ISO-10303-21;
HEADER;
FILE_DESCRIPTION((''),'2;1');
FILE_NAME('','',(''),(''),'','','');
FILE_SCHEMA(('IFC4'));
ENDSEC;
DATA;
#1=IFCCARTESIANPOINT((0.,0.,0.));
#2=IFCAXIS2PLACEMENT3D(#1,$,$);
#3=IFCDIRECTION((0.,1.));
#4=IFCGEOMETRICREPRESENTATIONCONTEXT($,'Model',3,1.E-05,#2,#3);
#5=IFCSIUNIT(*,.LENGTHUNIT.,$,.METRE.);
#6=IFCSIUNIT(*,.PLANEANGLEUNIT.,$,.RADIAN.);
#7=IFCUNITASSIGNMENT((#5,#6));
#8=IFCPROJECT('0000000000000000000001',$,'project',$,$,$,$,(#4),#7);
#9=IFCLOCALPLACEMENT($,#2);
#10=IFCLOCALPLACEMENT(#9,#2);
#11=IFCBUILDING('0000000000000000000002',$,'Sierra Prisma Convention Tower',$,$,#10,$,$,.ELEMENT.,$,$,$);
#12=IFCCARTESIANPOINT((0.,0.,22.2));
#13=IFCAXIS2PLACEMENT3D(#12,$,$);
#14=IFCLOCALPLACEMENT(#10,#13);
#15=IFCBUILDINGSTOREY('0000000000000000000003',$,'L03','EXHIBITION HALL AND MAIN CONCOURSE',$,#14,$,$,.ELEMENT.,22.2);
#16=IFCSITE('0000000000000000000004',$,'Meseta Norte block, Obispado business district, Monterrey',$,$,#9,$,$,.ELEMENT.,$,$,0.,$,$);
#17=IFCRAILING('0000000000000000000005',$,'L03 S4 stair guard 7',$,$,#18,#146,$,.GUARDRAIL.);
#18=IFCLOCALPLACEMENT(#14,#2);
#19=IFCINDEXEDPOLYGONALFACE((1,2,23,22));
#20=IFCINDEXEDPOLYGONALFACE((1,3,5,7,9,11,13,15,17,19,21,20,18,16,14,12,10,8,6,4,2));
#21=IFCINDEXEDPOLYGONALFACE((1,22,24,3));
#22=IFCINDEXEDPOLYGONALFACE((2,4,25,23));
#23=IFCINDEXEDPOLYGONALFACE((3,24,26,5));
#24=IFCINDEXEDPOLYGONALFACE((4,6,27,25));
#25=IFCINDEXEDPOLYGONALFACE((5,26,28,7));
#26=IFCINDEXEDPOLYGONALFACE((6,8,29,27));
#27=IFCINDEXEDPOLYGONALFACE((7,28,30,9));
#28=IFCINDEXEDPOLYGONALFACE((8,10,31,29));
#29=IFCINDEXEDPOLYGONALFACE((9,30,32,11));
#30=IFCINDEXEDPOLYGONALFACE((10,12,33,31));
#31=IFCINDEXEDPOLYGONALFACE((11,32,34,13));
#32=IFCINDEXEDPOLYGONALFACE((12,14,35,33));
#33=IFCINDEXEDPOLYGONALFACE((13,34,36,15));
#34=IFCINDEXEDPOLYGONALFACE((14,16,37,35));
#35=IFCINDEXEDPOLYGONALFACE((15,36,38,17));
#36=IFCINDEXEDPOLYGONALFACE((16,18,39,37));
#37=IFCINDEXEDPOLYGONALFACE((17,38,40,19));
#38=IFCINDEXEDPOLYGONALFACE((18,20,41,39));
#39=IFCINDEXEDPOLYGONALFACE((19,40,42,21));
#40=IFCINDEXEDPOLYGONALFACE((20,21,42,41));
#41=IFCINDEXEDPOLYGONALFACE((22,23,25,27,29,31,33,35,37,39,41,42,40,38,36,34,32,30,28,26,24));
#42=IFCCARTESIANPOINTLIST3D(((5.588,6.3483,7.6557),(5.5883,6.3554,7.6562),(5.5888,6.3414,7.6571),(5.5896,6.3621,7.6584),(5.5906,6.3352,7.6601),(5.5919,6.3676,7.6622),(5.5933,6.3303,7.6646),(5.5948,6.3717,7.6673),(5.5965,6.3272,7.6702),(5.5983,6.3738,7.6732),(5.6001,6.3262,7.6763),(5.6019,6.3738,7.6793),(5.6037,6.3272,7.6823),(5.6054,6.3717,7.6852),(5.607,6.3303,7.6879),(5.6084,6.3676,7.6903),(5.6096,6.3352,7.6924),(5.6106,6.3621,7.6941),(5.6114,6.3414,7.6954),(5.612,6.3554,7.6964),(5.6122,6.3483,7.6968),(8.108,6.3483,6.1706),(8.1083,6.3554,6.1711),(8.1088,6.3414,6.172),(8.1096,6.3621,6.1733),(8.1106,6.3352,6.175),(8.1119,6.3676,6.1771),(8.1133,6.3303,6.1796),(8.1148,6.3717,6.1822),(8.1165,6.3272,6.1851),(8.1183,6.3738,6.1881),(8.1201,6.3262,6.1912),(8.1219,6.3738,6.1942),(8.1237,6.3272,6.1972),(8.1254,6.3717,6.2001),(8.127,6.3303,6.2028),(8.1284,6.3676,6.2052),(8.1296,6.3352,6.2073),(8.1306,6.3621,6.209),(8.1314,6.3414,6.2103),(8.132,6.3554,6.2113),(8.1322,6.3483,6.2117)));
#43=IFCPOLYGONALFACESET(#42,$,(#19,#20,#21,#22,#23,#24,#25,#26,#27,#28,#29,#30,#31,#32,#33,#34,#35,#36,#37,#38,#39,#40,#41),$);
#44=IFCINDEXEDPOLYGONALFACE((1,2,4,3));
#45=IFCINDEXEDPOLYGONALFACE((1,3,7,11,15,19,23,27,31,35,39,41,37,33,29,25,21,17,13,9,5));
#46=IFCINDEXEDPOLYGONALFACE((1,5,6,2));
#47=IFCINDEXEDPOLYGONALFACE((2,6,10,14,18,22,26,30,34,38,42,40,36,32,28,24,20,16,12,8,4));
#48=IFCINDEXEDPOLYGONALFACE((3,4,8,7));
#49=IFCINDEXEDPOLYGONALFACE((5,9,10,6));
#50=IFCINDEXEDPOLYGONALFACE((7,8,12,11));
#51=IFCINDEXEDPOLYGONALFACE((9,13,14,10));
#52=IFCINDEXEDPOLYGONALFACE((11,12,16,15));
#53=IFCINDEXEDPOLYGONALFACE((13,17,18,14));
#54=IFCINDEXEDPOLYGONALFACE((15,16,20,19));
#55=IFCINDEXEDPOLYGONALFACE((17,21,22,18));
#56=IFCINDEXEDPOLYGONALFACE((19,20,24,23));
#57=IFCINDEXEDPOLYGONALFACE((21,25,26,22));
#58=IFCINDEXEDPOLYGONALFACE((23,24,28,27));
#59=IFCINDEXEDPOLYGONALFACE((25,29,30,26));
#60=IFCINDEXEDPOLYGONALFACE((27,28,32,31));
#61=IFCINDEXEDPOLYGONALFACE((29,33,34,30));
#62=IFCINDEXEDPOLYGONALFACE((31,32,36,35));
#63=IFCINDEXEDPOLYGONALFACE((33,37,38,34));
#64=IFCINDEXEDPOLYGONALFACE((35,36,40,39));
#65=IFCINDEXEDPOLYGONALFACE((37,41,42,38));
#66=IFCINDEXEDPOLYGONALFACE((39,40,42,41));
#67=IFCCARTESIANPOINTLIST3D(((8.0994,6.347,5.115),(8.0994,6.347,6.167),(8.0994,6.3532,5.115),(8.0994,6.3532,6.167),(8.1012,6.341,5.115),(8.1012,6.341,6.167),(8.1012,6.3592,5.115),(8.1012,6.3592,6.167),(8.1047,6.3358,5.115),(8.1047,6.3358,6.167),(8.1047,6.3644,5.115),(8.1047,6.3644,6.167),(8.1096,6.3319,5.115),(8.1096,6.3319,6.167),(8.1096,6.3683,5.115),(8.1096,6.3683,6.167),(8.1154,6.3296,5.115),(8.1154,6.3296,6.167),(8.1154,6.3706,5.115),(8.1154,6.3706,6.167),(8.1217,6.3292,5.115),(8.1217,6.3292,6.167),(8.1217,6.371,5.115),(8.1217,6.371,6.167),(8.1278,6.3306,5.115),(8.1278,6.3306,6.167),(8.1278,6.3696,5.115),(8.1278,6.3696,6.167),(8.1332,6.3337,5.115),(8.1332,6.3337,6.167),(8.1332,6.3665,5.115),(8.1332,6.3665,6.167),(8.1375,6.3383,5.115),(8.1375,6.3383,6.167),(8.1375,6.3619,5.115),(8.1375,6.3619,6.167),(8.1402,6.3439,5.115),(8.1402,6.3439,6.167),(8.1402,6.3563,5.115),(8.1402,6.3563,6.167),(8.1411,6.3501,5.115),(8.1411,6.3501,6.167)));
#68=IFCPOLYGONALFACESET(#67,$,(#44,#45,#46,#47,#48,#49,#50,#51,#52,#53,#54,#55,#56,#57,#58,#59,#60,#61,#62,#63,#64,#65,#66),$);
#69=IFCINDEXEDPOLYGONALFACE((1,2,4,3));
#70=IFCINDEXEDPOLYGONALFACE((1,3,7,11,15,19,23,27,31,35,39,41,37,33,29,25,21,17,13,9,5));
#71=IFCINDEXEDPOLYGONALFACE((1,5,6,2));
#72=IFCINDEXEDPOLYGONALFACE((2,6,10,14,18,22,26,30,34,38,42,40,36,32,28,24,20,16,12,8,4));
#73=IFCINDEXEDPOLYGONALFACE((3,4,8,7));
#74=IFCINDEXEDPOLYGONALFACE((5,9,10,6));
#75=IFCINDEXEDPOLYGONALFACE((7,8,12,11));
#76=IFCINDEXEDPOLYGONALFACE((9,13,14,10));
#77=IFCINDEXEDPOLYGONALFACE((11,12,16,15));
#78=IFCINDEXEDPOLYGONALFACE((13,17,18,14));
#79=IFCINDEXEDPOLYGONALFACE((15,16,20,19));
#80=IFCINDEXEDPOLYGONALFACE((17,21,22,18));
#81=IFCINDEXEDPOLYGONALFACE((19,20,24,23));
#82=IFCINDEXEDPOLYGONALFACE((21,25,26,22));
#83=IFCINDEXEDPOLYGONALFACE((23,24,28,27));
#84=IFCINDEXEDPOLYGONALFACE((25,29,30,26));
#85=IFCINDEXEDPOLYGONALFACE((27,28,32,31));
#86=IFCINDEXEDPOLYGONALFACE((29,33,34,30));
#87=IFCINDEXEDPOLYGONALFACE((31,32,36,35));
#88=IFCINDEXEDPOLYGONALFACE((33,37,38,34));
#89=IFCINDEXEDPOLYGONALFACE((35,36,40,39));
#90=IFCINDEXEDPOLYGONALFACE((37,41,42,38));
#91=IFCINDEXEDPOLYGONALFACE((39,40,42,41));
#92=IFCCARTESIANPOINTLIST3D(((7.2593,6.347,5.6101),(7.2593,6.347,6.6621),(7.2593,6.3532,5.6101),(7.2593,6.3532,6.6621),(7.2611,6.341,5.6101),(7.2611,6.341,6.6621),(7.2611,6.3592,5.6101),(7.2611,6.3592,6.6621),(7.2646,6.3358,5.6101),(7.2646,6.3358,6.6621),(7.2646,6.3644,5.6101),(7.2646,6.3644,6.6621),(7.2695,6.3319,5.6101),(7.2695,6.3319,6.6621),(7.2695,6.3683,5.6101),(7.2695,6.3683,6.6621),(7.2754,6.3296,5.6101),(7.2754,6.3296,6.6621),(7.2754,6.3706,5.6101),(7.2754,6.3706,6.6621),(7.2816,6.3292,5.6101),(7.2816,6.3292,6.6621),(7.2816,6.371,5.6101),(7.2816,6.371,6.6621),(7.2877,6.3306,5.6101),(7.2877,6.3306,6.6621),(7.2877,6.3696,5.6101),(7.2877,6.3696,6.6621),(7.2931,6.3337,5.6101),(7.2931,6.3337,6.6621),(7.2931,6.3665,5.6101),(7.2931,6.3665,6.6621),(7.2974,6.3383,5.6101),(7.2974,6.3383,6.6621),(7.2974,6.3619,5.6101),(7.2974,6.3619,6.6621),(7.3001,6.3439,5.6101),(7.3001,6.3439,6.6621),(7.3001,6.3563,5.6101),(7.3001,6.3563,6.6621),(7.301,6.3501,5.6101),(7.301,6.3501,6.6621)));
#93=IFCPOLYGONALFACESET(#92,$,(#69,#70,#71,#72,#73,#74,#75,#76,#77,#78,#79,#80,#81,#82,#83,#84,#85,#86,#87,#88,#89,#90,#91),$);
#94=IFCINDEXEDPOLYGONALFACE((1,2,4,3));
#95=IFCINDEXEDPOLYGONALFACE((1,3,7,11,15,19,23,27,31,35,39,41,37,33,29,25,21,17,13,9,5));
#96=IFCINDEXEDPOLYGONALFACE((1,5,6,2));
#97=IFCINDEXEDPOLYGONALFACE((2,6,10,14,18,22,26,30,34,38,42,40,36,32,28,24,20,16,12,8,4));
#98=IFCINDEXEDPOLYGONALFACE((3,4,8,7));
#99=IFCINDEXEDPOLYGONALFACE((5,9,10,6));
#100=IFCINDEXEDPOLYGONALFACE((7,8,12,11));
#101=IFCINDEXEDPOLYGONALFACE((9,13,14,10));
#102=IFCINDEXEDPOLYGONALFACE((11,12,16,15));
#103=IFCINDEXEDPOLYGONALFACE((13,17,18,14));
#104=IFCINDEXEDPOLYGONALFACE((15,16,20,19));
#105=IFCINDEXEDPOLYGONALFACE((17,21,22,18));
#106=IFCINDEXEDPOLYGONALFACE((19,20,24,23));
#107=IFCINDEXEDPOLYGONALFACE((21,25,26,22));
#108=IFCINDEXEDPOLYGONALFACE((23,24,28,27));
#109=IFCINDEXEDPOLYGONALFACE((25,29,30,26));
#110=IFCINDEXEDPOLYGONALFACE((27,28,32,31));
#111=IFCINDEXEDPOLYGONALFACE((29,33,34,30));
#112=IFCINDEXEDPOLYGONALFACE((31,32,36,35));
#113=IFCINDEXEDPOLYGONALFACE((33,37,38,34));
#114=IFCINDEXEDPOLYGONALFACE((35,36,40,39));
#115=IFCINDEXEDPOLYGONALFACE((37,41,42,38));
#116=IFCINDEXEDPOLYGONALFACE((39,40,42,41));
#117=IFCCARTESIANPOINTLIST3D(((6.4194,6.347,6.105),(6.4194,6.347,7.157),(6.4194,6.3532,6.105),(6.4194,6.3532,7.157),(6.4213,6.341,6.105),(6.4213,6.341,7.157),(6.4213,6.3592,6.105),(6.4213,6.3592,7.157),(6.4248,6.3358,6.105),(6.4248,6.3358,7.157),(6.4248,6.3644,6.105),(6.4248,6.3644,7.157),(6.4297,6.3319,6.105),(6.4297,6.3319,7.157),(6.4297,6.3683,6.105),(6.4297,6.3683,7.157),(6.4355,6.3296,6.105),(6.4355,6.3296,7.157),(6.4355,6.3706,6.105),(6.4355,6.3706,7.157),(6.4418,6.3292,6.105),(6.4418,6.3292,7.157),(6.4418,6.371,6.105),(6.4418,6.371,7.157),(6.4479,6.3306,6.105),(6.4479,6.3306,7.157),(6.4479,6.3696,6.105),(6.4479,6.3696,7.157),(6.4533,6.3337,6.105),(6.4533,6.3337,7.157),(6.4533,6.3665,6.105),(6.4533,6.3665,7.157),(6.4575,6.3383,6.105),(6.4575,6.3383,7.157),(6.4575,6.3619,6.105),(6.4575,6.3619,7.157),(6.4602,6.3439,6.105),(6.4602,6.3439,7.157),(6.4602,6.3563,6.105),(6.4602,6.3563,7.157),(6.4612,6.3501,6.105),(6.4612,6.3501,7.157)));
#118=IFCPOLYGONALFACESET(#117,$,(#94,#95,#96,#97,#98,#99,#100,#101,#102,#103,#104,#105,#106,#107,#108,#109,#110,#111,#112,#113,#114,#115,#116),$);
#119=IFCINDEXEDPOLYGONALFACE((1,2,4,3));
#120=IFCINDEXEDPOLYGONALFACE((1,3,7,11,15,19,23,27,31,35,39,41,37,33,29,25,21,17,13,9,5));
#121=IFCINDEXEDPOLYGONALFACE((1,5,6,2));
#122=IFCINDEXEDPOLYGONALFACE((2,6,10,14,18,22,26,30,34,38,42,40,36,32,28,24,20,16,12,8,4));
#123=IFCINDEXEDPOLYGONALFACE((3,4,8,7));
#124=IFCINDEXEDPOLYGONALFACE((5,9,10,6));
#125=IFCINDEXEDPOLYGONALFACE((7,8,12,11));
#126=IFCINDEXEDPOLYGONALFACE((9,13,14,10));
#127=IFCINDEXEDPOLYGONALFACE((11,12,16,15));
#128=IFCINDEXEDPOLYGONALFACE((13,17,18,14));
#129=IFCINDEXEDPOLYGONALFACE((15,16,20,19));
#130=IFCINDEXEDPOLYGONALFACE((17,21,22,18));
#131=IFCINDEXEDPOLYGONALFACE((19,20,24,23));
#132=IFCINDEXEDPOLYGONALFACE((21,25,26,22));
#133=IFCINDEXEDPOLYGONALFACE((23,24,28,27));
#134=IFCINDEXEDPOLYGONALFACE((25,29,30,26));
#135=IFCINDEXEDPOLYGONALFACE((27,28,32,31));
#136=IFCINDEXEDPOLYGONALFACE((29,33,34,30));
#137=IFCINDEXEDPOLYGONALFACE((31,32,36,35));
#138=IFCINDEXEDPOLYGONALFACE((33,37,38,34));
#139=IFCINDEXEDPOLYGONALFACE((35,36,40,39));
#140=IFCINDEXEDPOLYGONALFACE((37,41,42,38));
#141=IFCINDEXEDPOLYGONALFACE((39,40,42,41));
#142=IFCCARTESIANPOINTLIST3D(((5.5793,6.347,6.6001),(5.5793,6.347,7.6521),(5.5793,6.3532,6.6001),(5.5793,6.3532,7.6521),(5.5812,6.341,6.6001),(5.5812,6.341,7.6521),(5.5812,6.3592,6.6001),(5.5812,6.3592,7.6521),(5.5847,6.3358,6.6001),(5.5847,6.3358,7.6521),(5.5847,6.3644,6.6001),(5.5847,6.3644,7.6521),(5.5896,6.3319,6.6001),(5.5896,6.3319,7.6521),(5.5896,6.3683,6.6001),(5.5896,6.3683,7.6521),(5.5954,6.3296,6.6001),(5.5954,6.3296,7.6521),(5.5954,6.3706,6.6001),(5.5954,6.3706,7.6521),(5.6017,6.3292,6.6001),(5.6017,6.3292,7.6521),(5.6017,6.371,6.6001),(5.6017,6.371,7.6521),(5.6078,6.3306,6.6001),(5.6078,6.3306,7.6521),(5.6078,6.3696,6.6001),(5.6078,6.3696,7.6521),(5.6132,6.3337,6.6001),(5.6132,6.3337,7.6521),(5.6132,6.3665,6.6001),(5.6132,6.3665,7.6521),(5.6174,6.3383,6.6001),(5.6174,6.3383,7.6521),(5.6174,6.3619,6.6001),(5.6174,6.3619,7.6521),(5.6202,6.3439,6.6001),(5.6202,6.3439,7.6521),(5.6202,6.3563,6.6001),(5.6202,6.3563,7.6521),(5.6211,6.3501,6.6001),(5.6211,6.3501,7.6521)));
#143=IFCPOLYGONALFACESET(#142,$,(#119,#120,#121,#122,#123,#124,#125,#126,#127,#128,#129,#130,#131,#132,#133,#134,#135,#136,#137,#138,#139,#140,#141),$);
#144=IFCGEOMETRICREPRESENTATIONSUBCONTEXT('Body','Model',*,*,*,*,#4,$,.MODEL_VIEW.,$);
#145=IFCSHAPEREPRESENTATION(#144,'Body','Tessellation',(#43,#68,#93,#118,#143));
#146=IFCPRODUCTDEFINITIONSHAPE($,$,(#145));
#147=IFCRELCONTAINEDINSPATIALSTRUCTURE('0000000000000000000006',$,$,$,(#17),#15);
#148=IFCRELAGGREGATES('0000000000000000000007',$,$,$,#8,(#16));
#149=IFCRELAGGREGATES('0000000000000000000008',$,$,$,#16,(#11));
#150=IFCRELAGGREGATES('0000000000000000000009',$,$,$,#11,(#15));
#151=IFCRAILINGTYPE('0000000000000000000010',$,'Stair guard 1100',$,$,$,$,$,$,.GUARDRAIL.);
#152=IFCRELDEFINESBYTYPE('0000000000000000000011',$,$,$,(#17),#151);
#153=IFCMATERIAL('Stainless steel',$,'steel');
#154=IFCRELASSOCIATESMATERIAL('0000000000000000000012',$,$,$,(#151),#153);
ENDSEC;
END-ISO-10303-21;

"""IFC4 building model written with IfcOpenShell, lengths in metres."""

from ifc_helpers import new_model, si_unit, direction, frame, origin, origin_2d, place, context, subcontext, project, spatial, circle, extrude, material, type_object, element, save


model = new_model("IFC4")

# Units and contexts
model_context = context("Model", 3, precision=1e-05, world=origin(), true_north=direction((0.0, 1.0)))
body_context = subcontext(model_context, "Body", "Model", "MODEL_VIEW")
ifc_project = project(units=[si_unit("LENGTHUNIT", "METRE"), si_unit("PLANEANGLEUNIT", "RADIAN")], contexts=[model_context])

# Site, building, storey
site_placement = place(None, origin())
site = spatial("IfcSite", under=ifc_project, at=site_placement, Name="Meseta Norte block, Obispado business district, Monterrey", CompositionType="ELEMENT", RefElevation=0.0)
building_placement = place(site_placement, origin())
building = spatial("IfcBuilding", under=site, at=building_placement, Name="Sierra Prisma Convention Tower", CompositionType="ELEMENT")
storey_placement = place(building_placement, frame((0.0, 0.0, 22.2)))
storey = spatial("IfcBuildingStorey", under=building, at=storey_placement, Name="L03", Description="EXHIBITION HALL AND MAIN CONCOURSE", CompositionType="ELEMENT", Elevation=22.2)

# Railing
ifc_material_1 = material(Name="Stainless steel", Category="steel")
railing_type_1 = type_object("IfcRailingType", Name="Stair guard 1100", PredefinedType="GUARDRAIL", material=ifc_material_1)
railing_1_placement = place(storey_placement, frame((8.1201, 6.3501, 5.115)))
element("IfcRailing", 1, at=railing_1_placement, inside=storey, type_object=railing_type_1, Name="L03 S4 stair guard 7", PredefinedType="GUARDRAIL", context=body_context, shape_type="SweptSolid", body=[
    extrude(circle(Radius=0.0239, at=origin_2d()), frame((0.0, 0.0, 1.0762), z_axis=(-0.861524, 0.0, 0.507717), x_axis=(0.0, -1.0, 0.0)), (0.0, 0.0, 1.0), 2.925),
    extrude(circle(Radius=0.021, at=origin_2d()), origin(), (0.0, 0.0, 1.0), 1.052),
    extrude(circle(Radius=0.021, at=origin_2d()), frame((-0.8401, 0.0, 0.4951)), (0.0, 0.0, 1.0), 1.052),
    extrude(circle(Radius=0.021, at=origin_2d()), frame((-1.6799, 0.0, 0.99)), (0.0, 0.0, 1.0), 1.052),
    extrude(circle(Radius=0.021, at=origin_2d()), frame((-2.52, 0.0, 1.4851)), (0.0, 0.0, 1.0), 1.052),
])

save(model, "model.ifc")
